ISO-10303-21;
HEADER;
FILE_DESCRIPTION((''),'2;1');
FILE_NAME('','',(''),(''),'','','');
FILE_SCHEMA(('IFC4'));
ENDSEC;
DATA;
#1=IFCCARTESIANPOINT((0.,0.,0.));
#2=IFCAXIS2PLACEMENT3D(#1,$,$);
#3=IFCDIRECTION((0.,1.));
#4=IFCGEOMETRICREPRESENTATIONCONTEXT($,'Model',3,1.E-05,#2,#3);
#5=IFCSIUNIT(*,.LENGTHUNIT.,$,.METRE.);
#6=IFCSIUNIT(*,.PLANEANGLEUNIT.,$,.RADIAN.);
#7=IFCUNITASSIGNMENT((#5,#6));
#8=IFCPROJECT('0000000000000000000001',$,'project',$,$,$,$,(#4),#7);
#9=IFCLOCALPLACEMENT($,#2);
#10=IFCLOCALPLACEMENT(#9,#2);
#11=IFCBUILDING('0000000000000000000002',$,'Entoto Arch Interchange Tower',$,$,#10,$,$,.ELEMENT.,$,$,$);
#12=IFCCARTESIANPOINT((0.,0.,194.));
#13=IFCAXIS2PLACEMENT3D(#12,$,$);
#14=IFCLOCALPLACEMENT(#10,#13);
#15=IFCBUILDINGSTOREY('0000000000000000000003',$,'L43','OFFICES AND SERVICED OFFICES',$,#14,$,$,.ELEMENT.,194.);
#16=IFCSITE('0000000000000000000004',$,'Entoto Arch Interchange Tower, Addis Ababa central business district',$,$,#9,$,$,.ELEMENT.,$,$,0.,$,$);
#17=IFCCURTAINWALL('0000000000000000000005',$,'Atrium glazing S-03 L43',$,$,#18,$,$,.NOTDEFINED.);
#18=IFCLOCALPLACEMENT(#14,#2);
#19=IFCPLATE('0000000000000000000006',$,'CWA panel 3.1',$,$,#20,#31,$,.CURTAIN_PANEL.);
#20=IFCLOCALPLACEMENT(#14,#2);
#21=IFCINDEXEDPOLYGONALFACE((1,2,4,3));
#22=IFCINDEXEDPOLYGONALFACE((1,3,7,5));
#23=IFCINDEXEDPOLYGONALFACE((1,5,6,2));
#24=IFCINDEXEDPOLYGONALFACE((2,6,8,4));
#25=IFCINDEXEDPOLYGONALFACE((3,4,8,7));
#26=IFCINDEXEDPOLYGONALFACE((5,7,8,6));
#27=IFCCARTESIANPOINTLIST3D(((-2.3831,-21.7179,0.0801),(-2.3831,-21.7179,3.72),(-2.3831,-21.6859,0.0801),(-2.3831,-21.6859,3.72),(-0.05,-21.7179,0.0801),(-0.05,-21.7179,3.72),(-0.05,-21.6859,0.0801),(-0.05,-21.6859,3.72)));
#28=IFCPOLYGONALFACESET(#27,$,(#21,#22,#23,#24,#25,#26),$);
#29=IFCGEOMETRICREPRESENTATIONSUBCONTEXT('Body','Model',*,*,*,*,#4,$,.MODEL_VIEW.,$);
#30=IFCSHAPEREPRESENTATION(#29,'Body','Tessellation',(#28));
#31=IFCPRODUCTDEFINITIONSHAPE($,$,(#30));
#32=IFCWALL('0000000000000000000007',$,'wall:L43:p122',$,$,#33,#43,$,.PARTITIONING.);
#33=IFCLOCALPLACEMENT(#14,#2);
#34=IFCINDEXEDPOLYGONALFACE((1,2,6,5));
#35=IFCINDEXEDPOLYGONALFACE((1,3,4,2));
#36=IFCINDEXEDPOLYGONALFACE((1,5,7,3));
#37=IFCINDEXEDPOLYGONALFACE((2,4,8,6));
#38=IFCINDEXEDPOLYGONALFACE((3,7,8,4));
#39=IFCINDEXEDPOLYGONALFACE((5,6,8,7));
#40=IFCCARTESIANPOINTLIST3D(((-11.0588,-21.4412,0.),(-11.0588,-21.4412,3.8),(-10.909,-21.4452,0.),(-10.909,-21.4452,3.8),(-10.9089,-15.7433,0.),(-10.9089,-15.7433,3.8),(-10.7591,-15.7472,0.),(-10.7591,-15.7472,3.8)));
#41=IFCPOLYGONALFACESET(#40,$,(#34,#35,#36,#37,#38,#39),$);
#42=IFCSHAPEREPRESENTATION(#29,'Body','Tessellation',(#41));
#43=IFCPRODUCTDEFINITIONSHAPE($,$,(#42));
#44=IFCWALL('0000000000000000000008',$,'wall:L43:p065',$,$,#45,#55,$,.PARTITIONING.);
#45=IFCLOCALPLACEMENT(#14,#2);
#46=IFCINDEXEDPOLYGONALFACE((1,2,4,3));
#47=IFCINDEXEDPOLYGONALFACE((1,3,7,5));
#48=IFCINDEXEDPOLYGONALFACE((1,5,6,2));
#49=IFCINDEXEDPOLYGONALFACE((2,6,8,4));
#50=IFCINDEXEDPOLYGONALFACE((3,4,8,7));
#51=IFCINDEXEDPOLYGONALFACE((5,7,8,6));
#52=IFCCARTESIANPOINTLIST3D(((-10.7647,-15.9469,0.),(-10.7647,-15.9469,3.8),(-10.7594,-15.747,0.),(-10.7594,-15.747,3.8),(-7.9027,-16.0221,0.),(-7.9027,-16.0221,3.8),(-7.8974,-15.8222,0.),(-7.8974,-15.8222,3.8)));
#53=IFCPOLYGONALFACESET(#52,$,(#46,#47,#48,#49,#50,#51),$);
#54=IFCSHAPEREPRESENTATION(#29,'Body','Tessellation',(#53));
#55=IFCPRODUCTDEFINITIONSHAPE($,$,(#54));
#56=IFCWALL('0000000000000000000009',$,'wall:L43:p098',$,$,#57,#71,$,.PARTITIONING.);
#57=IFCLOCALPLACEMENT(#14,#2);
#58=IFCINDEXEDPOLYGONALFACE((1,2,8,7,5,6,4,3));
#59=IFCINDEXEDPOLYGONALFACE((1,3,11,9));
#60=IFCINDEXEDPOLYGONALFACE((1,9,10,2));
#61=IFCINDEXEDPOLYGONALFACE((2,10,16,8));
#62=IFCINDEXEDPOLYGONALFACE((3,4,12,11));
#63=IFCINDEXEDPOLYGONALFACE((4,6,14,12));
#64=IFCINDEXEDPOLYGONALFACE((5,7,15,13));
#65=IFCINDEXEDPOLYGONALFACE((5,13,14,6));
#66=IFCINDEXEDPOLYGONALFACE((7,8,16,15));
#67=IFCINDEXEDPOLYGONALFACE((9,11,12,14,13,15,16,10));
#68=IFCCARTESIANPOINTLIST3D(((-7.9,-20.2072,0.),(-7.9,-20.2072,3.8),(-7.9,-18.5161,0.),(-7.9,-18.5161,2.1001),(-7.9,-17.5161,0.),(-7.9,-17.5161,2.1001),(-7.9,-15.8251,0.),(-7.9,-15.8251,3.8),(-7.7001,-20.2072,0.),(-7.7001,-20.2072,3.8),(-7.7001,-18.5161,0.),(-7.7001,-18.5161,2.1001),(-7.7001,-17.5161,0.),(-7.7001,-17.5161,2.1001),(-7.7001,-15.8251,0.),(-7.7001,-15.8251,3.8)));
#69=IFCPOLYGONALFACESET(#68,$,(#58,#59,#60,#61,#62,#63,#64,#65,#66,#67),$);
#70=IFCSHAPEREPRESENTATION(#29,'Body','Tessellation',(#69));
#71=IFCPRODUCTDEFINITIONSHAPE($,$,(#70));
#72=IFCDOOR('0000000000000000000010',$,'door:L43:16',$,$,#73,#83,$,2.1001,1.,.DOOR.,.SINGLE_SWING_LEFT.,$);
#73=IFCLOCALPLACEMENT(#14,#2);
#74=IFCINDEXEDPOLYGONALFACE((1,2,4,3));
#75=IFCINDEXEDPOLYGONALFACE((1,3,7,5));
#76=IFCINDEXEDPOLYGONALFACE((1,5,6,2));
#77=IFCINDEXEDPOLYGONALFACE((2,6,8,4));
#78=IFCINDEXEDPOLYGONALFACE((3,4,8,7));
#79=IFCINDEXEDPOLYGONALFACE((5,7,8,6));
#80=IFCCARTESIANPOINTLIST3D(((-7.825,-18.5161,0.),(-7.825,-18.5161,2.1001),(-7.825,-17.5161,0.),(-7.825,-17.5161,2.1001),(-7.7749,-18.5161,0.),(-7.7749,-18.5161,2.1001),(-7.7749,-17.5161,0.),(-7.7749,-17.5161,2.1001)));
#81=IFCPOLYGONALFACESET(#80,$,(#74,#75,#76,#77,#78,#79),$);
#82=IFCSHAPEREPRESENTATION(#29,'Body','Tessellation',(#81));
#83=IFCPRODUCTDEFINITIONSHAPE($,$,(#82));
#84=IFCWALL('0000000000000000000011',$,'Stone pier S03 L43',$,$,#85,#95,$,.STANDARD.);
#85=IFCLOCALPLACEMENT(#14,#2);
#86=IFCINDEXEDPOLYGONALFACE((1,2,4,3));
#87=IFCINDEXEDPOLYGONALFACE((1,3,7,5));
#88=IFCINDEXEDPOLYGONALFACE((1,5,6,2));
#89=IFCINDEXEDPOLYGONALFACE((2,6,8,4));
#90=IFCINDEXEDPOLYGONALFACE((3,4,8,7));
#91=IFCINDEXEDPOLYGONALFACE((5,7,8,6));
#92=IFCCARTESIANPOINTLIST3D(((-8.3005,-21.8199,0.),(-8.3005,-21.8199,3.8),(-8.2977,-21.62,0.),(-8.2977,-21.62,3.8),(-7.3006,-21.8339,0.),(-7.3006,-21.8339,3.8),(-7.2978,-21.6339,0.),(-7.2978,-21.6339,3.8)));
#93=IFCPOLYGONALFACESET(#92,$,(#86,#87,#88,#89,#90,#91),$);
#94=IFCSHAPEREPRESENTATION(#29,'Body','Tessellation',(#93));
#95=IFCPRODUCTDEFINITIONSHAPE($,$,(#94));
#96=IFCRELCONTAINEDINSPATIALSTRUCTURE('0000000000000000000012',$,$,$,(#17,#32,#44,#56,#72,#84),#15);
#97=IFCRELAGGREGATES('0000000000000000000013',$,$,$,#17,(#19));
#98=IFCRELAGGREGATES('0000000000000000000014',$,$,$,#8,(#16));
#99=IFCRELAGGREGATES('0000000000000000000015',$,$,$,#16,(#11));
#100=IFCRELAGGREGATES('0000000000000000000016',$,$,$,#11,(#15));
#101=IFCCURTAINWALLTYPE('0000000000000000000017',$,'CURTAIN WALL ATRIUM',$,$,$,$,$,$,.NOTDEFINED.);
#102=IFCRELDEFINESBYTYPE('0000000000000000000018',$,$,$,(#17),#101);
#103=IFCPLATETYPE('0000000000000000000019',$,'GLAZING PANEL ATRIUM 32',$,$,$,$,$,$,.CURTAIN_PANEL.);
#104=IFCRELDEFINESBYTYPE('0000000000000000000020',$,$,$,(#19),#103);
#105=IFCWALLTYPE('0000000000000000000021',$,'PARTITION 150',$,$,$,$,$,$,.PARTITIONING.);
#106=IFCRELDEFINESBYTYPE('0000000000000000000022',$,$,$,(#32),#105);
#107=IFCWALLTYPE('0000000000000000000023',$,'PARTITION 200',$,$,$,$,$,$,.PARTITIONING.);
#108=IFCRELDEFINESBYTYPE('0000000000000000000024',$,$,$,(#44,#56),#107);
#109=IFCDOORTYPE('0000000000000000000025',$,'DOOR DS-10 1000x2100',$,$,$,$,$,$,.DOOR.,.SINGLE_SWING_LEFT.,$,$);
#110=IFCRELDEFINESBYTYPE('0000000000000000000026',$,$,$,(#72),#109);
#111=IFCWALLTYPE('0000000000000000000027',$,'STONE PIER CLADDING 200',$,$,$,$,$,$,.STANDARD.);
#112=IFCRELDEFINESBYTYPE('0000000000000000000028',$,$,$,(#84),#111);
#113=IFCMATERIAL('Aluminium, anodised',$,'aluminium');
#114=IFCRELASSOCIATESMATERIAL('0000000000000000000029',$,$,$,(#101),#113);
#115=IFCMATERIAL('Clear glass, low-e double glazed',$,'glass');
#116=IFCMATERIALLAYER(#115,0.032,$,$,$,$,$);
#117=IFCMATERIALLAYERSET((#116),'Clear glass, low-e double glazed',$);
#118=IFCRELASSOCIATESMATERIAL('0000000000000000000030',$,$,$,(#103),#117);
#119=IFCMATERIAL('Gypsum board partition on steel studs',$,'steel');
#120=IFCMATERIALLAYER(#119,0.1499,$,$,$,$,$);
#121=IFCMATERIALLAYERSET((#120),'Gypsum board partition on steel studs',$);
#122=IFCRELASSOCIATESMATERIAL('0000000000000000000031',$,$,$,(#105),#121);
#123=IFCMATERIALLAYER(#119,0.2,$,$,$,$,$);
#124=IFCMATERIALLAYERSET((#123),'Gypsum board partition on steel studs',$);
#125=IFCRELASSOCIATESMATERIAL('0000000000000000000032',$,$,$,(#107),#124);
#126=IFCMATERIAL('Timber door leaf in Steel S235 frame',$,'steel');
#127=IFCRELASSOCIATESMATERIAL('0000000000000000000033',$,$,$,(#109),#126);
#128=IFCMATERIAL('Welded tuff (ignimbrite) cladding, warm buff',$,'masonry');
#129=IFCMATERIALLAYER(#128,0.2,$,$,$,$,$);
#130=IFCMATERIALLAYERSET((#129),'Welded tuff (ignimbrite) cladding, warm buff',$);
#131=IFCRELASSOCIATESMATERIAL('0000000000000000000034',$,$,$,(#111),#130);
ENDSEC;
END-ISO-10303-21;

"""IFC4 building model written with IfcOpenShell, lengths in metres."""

from ifc_helpers import new_model, si_unit, direction, frame, frame_2d, origin, origin_2d, place, context, subcontext, project, spatial, rectangle, extrude, material, layer, layer_set, type_object, element, fill, aggregate, save


model = new_model("IFC4")

# Units and contexts
model_context = context("Model", 3, precision=1e-05, world=origin(), true_north=direction((0.0, 1.0)))
body_context = subcontext(model_context, "Body", "Model", "MODEL_VIEW")
ifc_project = project(units=[si_unit("LENGTHUNIT", "METRE"), si_unit("PLANEANGLEUNIT", "RADIAN")], contexts=[model_context])

# Site, building, storey
site_placement = place(None, origin())
site = spatial("IfcSite", under=ifc_project, at=site_placement, Name="Entoto Arch Interchange Tower, Addis Ababa central business district", CompositionType="ELEMENT", RefElevation=0.0)
building_placement = place(site_placement, origin())
building = spatial("IfcBuilding", under=site, at=building_placement, Name="Entoto Arch Interchange Tower", CompositionType="ELEMENT")
storey_placement = place(building_placement, frame((0.0, 0.0, 194.0)))
storey = spatial("IfcBuildingStorey", under=building, at=storey_placement, Name="L43", Description="OFFICES AND SERVICED OFFICES", CompositionType="ELEMENT", Elevation=194.0)

# Curtain wall, plate
ifc_material_1 = material(Name="Aluminium, anodised", Category="aluminium")
curtain_wall_type = type_object("IfcCurtainWallType", Name="CURTAIN WALL ATRIUM", PredefinedType="NOTDEFINED", material=ifc_material_1)
curtain_wall_placement = place(storey_placement, origin())
curtain_wall = element("IfcCurtainWall", 1, at=curtain_wall_placement, inside=storey, type_object=curtain_wall_type, Name="Atrium glazing S-03 L43", PredefinedType="NOTDEFINED")
ifc_material_2 = material(Name="Clear glass, low-e double glazed", Category="glass")
ifc_layer_1 = layer(ifc_material_2, 0.032)
ifc_layer_set_1 = layer_set([ifc_layer_1], Name="Clear glass, low-e double glazed")
plate_type = type_object("IfcPlateType", Name="GLAZING PANEL ATRIUM 32", PredefinedType="CURTAIN_PANEL", material=ifc_layer_set_1)
plate_1_placement = place(storey_placement, frame((-1.2166, -21.7019, 0.0801), z_axis=(0.0, 0.0, 1.0), x_axis=(1.0, 0.0, 0.0)))
plate_1 = element("IfcPlate", 2, at=plate_1_placement, type_object=plate_type, Name="CWA panel 3.1", PredefinedType="CURTAIN_PANEL", context=body_context, shape_type="SweptSolid", body=[
    extrude(rectangle(XDim=2.333, YDim=0.032, at=origin_2d()), origin(), (0.0, 0.0, 1.0), 3.6399),
])
aggregate(curtain_wall, [plate_1])

# Walls
ifc_material_3 = material(Name="Gypsum board partition on steel studs", Category="steel")
ifc_layer_2 = layer(ifc_material_3, 0.1499)
ifc_layer_set_2 = layer_set([ifc_layer_2], Name="Gypsum board partition on steel studs")
wall_type_1 = type_object("IfcWallType", Name="PARTITION 150", PredefinedType="PARTITIONING", material=ifc_layer_set_2)
wall_1_placement = place(storey_placement, frame((-10.834, -15.7451, 0.0), z_axis=(0.0, 0.0, 1.0), x_axis=(-0.026299, -0.999654, 0.0)))
element("IfcWall", 3, at=wall_1_placement, inside=storey, type_object=wall_type_1, Name="wall:L43:p122", PredefinedType="PARTITIONING", context=body_context, shape_type="SweptSolid", body=[
    extrude(rectangle(XDim=5.7, YDim=0.1499, at=frame_2d((2.8501, 0.0))), origin(), (0.0, 0.0, 1.0), 3.8),
])
ifc_layer_3 = layer(ifc_material_3, 0.2)
ifc_layer_set_3 = layer_set([ifc_layer_3], Name="Gypsum board partition on steel studs")
wall_type_2 = type_object("IfcWallType", Name="PARTITION 200", PredefinedType="PARTITIONING", material=ifc_layer_set_3)
wall_2_placement = place(storey_placement, frame((-7.8999, -15.9221, 0.0), z_axis=(0.0, 0.0, 1.0), x_axis=(-0.999655, 0.026264, 0.0)))
element("IfcWall", 4, at=wall_2_placement, inside=storey, type_object=wall_type_2, Name="wall:L43:p065", PredefinedType="PARTITIONING", context=body_context, shape_type="SweptSolid", body=[
    extrude(rectangle(XDim=2.863, YDim=0.2, at=frame_2d((1.4316, 0.0))), origin(), (0.0, 0.0, 1.0), 3.8),
])

# Wall, opening, door
wall_3_placement = place(storey_placement, frame((-7.8, -20.207, 0.0), z_axis=(0.0, 0.0, 1.0), x_axis=(0.0, 1.0, 0.0)))
wall_3 = element("IfcWall", 5, at=wall_3_placement, inside=storey, type_object=wall_type_2, Name="wall:L43:p098", PredefinedType="PARTITIONING", context=body_context, shape_type="SweptSolid", body=[
    extrude(rectangle(XDim=4.3821, YDim=0.2, at=frame_2d((2.1909, 0.0))), origin(), (0.0, 0.0, 1.0), 3.8),
])
opening_placement = place(wall_3_placement, frame((1.6909, 0.0, 0.0)))
opening = element("IfcOpeningElement", 6, at=opening_placement, cuts=wall_3, PredefinedType="OPENING", context=body_context, shape_type="SweptSolid", body=[
    extrude(rectangle(XDim=1.0, YDim=2.1001, at=frame_2d((0.5, 1.05))), frame((0.0, 0.1099, 0.0), z_axis=(0.0, -1.0, 0.0), x_axis=(1.0, 0.0, 0.0)), (0.0, 0.0, 1.0), 0.22),
])
ifc_material_4 = material(Name="Timber door leaf in Steel S235 frame", Category="steel")
door_type = type_object("IfcDoorType", Name="DOOR DS-10 1000x2100", OperationType="SINGLE_SWING_LEFT", PredefinedType="DOOR", material=ifc_material_4)
door_placement = place(opening_placement, origin())
door = element("IfcDoor", 7, at=door_placement, inside=storey, type_object=door_type, Name="door:L43:16", OperationType="SINGLE_SWING_LEFT", OverallHeight=2.1001, OverallWidth=1.0, PredefinedType="DOOR", context=body_context, shape_type="SweptSolid", body=[
    extrude(rectangle(XDim=1.0, YDim=2.1001, at=frame_2d((0.5, 1.05))), frame((0.0, 0.0249, 0.0), z_axis=(0.0, -1.0, 0.0), x_axis=(1.0, 0.0, 0.0)), (0.0, 0.0, 1.0), 0.05),
])
fill(opening, door)

# Wall
ifc_material_5 = material(Name="Welded tuff (ignimbrite) cladding, warm buff", Category="masonry")
ifc_layer_4 = layer(ifc_material_5, 0.2)
ifc_layer_set_4 = layer_set([ifc_layer_4], Name="Welded tuff (ignimbrite) cladding, warm buff")
wall_type_3 = type_object("IfcWallType", Name="STONE PIER CLADDING 200", PredefinedType="STANDARD", material=ifc_layer_set_4)
wall_4_placement = place(storey_placement, frame((-8.2991, -21.72, 0.0), z_axis=(0.0, 0.0, 1.0), x_axis=(0.999903, -0.013915, 0.0)))
element("IfcWall", 8, at=wall_4_placement, inside=storey, type_object=wall_type_3, Name="Stone pier S03 L43", PredefinedType="STANDARD", context=body_context, shape_type="SweptSolid", body=[
    extrude(rectangle(XDim=1.0, YDim=0.2, at=frame_2d((0.5, 0.0))), origin(), (0.0, 0.0, 1.0), 3.8),
])

save(model, "model.ifc")
